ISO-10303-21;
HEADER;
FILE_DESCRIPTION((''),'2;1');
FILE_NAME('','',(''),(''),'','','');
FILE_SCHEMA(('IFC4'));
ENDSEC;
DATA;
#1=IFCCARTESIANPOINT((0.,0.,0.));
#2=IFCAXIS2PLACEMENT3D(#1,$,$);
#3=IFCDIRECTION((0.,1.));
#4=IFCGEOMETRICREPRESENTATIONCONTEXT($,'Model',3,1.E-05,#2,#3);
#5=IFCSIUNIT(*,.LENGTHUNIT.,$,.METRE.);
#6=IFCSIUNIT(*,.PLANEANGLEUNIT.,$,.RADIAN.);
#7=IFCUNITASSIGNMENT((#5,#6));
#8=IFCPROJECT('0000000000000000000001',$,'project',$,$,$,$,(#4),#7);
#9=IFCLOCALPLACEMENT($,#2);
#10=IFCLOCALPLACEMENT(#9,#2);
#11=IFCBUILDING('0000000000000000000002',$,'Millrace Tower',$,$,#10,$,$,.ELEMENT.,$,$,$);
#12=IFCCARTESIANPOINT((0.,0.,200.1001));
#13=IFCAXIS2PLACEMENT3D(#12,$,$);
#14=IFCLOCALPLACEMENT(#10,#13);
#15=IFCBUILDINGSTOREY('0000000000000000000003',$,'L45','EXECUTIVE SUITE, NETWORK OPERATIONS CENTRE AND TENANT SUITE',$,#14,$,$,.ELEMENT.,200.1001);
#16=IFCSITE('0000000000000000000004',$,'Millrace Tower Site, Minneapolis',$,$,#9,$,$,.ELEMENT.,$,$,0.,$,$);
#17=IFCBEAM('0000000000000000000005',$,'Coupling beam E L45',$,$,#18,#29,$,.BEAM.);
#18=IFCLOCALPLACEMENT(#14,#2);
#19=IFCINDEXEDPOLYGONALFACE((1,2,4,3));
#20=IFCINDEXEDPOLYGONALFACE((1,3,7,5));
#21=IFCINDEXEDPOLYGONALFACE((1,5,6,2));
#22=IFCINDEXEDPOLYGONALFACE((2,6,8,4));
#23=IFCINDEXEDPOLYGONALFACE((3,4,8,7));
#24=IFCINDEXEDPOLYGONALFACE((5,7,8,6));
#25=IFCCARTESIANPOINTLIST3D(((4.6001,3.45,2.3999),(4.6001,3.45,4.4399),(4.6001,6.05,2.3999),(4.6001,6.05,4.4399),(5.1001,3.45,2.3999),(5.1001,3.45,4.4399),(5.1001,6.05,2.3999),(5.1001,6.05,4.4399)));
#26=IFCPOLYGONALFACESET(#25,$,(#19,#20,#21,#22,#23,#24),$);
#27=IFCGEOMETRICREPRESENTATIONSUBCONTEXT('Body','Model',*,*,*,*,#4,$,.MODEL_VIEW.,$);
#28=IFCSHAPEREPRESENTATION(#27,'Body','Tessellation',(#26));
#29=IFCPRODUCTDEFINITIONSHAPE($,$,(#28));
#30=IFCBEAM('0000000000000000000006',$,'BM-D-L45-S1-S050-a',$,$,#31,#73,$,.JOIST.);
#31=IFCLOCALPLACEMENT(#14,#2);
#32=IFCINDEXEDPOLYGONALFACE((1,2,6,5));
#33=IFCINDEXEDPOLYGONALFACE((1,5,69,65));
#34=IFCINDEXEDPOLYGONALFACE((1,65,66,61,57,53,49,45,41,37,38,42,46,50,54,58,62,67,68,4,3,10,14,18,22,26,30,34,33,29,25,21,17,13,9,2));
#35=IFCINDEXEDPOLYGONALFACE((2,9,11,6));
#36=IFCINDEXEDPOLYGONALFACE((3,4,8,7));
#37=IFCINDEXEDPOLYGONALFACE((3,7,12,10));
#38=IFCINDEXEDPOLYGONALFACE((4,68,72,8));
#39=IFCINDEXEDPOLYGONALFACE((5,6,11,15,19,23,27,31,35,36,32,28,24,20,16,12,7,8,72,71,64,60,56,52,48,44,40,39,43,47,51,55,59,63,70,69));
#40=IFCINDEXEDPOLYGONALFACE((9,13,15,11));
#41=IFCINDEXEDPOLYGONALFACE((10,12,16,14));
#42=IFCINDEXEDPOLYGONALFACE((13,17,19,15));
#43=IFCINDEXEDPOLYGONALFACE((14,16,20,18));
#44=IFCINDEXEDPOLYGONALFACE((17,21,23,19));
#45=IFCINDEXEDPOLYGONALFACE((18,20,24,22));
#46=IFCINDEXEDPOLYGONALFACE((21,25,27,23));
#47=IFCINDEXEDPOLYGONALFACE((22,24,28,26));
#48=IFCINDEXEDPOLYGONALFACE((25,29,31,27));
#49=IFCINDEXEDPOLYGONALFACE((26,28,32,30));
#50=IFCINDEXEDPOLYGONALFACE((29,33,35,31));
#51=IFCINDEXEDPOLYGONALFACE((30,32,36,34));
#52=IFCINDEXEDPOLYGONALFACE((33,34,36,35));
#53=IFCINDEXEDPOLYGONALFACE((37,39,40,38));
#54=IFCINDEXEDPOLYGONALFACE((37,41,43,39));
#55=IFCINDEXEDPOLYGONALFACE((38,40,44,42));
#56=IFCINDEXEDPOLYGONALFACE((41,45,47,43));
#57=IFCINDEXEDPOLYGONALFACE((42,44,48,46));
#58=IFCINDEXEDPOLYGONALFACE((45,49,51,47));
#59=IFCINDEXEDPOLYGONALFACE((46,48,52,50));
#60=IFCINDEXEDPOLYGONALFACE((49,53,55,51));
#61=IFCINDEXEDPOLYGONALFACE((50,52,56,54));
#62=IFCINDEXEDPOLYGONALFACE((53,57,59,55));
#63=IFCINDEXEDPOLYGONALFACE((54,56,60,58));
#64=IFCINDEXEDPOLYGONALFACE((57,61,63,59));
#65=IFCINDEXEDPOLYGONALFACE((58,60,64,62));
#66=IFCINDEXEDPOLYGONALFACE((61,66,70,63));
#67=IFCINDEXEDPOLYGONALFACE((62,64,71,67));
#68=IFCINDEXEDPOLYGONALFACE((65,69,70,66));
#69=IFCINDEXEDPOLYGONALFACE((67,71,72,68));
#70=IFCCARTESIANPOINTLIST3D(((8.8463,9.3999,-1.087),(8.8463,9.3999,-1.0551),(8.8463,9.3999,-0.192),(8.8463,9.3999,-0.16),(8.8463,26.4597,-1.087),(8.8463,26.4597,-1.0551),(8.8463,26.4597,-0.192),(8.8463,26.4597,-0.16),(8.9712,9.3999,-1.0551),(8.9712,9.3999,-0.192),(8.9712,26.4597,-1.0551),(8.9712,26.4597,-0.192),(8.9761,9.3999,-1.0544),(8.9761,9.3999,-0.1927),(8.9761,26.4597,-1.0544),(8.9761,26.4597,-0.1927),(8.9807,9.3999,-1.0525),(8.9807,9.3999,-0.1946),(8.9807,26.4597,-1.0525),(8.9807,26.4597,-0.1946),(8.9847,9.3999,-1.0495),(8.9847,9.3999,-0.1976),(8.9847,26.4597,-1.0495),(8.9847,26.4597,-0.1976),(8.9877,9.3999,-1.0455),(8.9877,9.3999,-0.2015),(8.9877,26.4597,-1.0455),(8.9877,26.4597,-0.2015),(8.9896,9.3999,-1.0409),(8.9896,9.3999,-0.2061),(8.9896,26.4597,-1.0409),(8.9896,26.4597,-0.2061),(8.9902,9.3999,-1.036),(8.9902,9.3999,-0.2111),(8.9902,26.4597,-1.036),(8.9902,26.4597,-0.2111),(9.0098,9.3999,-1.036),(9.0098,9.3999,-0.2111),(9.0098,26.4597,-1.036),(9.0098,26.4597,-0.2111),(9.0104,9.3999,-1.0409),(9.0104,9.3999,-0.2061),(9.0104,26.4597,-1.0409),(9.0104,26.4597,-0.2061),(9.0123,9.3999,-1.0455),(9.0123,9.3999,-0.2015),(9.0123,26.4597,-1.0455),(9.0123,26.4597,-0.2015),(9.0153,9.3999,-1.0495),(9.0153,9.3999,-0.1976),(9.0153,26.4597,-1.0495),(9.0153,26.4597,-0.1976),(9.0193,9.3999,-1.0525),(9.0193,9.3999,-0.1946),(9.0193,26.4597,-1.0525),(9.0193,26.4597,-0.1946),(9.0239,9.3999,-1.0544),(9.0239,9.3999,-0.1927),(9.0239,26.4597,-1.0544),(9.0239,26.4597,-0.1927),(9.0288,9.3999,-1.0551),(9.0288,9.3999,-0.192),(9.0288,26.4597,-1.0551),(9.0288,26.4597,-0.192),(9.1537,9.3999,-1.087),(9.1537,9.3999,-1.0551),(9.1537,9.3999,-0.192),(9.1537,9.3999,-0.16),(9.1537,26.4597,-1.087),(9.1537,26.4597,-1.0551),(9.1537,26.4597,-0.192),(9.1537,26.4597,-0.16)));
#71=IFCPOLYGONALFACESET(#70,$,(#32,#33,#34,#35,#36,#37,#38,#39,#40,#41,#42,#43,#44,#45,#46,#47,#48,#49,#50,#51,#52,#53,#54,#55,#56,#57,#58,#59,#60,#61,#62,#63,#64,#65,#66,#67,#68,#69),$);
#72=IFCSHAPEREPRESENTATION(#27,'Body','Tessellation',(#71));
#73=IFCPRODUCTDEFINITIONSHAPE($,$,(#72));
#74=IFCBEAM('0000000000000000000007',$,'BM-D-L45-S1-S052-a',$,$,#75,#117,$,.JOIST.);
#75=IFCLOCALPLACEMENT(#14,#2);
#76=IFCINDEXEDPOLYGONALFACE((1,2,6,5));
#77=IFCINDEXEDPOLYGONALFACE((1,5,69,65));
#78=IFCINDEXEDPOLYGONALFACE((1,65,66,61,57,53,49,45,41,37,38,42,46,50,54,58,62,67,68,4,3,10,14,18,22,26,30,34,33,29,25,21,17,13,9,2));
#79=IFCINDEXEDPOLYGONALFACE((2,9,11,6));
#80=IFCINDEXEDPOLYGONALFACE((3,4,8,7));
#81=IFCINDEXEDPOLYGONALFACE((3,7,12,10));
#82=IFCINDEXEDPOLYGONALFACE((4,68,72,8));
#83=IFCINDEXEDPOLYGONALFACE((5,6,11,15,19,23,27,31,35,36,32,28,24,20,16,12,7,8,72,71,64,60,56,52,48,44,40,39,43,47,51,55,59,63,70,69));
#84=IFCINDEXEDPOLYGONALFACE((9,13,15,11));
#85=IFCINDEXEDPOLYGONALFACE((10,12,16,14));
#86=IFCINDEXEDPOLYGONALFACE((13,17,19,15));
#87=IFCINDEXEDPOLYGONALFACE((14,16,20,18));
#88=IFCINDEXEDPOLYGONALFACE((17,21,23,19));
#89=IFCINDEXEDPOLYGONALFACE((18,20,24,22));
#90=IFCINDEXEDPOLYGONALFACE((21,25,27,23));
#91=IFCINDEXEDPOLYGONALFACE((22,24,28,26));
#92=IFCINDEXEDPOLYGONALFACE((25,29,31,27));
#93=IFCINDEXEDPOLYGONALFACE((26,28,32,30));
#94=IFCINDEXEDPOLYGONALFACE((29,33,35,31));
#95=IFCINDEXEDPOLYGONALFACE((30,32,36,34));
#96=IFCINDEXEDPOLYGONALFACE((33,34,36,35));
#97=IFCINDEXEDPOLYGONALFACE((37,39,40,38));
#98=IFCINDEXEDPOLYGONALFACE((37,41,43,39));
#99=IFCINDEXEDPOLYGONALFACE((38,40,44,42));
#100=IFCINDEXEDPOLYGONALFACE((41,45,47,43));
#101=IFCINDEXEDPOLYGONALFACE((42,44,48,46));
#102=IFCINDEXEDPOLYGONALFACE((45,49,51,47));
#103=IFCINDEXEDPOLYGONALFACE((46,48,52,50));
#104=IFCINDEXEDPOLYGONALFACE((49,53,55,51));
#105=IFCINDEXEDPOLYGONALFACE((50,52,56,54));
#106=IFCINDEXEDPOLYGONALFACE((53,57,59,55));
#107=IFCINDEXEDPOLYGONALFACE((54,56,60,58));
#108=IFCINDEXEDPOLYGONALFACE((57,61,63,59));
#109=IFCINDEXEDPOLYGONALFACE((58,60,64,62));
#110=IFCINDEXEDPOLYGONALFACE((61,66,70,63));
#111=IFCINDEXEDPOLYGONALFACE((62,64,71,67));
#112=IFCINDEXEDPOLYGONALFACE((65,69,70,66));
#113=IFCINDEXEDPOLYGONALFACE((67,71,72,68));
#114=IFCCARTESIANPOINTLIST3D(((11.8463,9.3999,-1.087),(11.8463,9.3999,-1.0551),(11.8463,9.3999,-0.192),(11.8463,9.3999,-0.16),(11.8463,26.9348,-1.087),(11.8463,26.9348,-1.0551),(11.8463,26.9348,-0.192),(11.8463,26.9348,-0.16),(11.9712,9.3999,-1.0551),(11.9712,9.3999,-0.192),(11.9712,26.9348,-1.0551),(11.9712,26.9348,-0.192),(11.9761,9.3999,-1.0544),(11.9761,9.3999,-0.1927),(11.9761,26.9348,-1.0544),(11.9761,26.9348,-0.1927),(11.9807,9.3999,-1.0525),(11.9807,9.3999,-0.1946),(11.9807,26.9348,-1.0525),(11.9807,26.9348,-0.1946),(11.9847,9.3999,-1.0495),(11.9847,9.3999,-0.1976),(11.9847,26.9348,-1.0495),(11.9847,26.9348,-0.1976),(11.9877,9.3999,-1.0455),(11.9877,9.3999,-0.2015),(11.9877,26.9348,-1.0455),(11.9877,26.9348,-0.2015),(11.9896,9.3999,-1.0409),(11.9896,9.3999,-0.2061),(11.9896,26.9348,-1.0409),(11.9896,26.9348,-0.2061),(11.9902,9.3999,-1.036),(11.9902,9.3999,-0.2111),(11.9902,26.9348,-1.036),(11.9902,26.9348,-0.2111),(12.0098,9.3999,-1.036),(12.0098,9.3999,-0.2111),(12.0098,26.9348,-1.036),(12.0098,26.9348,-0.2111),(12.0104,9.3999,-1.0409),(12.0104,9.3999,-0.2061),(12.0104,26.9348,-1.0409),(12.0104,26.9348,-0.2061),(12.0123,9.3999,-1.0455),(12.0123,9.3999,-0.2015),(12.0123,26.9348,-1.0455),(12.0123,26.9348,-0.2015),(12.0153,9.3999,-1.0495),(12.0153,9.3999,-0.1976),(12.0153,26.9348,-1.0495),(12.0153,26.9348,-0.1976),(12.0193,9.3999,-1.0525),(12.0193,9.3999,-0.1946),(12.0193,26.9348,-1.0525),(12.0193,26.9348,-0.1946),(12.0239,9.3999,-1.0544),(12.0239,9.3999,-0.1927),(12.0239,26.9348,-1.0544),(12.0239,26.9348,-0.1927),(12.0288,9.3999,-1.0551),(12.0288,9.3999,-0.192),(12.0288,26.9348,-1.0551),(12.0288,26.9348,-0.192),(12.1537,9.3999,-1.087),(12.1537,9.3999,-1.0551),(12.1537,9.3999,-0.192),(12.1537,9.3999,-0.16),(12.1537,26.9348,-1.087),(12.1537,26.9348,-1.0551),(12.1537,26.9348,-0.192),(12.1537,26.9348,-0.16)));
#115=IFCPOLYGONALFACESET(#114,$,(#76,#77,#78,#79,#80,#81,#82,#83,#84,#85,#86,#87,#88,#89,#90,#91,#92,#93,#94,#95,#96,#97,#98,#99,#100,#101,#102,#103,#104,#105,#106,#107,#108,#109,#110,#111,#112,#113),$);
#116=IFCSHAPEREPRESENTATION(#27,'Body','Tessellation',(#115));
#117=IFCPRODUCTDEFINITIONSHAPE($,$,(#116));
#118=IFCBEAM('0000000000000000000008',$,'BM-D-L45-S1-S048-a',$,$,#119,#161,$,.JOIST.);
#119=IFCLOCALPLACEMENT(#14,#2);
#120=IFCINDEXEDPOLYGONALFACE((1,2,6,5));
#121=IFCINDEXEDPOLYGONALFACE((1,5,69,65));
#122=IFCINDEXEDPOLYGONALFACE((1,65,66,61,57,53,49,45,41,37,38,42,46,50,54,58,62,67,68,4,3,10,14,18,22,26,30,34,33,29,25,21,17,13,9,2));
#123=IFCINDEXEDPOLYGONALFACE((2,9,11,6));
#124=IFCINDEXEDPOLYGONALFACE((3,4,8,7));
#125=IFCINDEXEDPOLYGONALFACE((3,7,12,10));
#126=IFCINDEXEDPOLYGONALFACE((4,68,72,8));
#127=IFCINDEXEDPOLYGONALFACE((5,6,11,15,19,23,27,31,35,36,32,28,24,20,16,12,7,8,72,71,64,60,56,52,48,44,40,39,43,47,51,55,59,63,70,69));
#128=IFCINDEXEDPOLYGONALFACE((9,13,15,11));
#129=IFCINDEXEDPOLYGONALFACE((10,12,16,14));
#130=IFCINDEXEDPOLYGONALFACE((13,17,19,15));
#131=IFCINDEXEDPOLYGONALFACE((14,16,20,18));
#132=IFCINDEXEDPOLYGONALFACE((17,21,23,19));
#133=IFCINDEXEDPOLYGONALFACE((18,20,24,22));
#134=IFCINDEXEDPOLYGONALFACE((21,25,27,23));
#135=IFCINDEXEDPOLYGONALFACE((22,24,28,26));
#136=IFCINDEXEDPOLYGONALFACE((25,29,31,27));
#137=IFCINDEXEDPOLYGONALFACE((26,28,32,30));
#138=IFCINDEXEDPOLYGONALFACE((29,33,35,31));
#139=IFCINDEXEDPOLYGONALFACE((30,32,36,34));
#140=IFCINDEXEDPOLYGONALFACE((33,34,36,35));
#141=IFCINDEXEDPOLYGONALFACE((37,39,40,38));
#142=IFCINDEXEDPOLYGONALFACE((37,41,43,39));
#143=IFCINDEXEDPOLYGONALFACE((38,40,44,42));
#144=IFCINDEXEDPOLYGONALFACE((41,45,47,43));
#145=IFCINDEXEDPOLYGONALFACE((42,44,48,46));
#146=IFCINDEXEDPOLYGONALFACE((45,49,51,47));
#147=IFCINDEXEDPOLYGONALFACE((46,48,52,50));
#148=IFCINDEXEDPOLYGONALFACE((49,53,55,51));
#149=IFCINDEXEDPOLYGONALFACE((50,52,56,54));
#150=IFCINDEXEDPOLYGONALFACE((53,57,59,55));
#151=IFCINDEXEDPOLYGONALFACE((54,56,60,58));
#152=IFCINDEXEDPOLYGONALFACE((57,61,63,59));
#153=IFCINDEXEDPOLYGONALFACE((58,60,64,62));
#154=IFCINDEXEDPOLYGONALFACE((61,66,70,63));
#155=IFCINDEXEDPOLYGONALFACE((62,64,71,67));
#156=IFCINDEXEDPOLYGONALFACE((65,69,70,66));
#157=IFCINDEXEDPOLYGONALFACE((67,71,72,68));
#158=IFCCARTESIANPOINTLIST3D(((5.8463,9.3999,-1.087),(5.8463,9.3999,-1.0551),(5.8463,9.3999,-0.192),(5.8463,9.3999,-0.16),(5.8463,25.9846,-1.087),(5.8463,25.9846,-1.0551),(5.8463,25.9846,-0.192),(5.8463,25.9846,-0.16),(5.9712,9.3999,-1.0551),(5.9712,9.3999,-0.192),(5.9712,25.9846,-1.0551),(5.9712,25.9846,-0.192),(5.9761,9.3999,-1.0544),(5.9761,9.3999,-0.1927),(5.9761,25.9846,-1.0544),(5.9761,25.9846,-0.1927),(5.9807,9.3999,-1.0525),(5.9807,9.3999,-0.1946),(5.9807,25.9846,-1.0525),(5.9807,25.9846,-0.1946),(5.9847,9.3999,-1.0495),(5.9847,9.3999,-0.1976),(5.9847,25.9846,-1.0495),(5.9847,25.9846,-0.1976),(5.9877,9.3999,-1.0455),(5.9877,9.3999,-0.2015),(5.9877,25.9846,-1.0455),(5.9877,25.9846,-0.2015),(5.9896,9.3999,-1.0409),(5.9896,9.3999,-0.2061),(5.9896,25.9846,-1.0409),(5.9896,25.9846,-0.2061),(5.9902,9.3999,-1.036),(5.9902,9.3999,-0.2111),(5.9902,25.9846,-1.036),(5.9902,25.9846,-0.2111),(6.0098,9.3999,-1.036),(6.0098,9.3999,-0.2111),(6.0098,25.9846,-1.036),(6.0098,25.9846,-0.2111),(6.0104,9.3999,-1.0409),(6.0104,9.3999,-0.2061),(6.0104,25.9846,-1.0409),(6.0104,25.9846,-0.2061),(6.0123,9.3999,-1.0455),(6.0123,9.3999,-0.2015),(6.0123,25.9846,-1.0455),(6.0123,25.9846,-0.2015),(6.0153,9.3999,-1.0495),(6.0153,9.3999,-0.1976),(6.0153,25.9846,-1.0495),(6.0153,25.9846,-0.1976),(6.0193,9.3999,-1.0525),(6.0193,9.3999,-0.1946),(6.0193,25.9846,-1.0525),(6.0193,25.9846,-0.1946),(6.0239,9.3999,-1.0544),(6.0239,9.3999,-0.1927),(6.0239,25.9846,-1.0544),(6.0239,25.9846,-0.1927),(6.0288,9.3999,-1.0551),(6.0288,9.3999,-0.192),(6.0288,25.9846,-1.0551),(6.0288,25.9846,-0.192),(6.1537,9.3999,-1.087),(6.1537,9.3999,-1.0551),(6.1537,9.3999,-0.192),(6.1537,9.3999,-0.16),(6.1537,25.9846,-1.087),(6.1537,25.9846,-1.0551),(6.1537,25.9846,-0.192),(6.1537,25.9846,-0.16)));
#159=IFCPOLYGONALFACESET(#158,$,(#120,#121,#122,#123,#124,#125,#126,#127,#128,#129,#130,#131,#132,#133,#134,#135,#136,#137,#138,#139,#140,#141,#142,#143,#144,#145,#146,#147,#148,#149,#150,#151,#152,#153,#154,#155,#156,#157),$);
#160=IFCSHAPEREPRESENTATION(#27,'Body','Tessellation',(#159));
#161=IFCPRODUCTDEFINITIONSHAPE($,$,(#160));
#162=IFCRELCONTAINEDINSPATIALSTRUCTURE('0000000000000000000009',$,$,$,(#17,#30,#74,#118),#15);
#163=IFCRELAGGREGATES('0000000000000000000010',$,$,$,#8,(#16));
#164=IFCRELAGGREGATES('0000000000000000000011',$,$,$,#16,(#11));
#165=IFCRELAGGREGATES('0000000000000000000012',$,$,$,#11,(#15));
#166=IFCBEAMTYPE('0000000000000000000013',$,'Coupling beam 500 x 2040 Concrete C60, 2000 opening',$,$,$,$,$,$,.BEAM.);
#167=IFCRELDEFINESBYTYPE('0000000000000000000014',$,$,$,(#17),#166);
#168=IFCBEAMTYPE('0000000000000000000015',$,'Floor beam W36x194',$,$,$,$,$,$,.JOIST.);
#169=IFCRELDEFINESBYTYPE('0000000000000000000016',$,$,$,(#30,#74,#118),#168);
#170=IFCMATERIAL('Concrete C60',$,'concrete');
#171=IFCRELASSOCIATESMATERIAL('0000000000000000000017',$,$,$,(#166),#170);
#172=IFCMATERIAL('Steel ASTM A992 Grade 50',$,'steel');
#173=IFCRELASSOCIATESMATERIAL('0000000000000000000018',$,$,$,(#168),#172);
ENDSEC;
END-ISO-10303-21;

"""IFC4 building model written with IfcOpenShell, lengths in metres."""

from ifc_helpers import new_model, si_unit, direction, frame, origin, origin_2d, place, context, subcontext, project, spatial, rectangle, i_section, extrude, material, material_profile, profile_set, type_object, element, save


model = new_model("IFC4")

# Units and contexts
model_context = context("Model", 3, precision=1e-05, world=origin(), true_north=direction((0.0, 1.0)))
body_context = subcontext(model_context, "Body", "Model", "MODEL_VIEW")
ifc_project = project(units=[si_unit("LENGTHUNIT", "METRE"), si_unit("PLANEANGLEUNIT", "RADIAN")], contexts=[model_context])

# Site, building, storey
site_placement = place(None, origin())
site = spatial("IfcSite", under=ifc_project, at=site_placement, Name="Millrace Tower Site, Minneapolis", CompositionType="ELEMENT", RefElevation=0.0)
building_placement = place(site_placement, origin())
building = spatial("IfcBuilding", under=site, at=building_placement, Name="Millrace Tower", CompositionType="ELEMENT")
storey_placement = place(building_placement, frame((0.0, 0.0, 200.1001)))
storey = spatial("IfcBuildingStorey", under=building, at=storey_placement, Name="L45", Description="EXECUTIVE SUITE, NETWORK OPERATIONS CENTRE AND TENANT SUITE", CompositionType="ELEMENT", Elevation=200.1001)

# Beams
ifc_material_1 = material(Name="Concrete C60", Category="concrete")
ifc_material_profile_1 = material_profile(ifc_material_1, rectangle(XDim=0.5, YDim=2.04, at=origin_2d()))
ifc_profile_set_1 = profile_set([ifc_material_profile_1], Name="Concrete C60")
beam_type_1 = type_object("IfcBeamType", Name="Coupling beam 500 x 2040 Concrete C60, 2000 opening", PredefinedType="BEAM", material=ifc_profile_set_1)
beam_1_placement = place(storey_placement, frame((4.8501, 6.05, 3.4199), z_axis=(0.0, -1.0, 0.0), x_axis=(1.0, 0.0, 0.0)))
element("IfcBeam", 1, at=beam_1_placement, inside=storey, type_object=beam_type_1, Name="Coupling beam E L45", PredefinedType="BEAM", context=body_context, shape_type="SweptSolid", body=[
    extrude(rectangle(XDim=0.5, YDim=2.04, at=origin_2d()), origin(), (0.0, 0.0, 1.0), 2.6001),
])
ifc_material_2 = material(Name="Steel ASTM A992 Grade 50", Category="steel")
ifc_material_profile_2 = material_profile(ifc_material_2, i_section(OverallWidth=0.3074, OverallDepth=0.927, WebThickness=0.0195, FlangeThickness=0.032, FilletRadius=0.019, at=origin_2d()))
ifc_profile_set_2 = profile_set([ifc_material_profile_2], Name="Steel ASTM A992 Grade 50")
beam_type_2 = type_object("IfcBeamType", Name="Floor beam W36x194", PredefinedType="JOIST", material=ifc_profile_set_2)
beam_2_placement = place(storey_placement, frame((9.0, 9.3999, -0.6235), z_axis=(0.0, 1.0, 0.0), x_axis=(-1.0, 0.0, 0.0)))
element("IfcBeam", 2, at=beam_2_placement, inside=storey, type_object=beam_type_2, Name="BM-D-L45-S1-S050-a", PredefinedType="JOIST", context=body_context, shape_type="SweptSolid", body=[
    extrude(i_section(OverallWidth=0.3074, OverallDepth=0.927, WebThickness=0.0195, FlangeThickness=0.032, FilletRadius=0.019, at=origin_2d()), origin(), (0.0, 0.0, 1.0), 17.0598),
])
beam_3_placement = place(storey_placement, frame((12.0, 9.3999, -0.6235), z_axis=(0.0, 1.0, 0.0), x_axis=(-1.0, 0.0, 0.0)))
element("IfcBeam", 3, at=beam_3_placement, inside=storey, type_object=beam_type_2, Name="BM-D-L45-S1-S052-a", PredefinedType="JOIST", context=body_context, shape_type="SweptSolid", body=[
    extrude(i_section(OverallWidth=0.3074, OverallDepth=0.927, WebThickness=0.0195, FlangeThickness=0.032, FilletRadius=0.019, at=origin_2d()), origin(), (0.0, 0.0, 1.0), 17.5349),
])
beam_4_placement = place(storey_placement, frame((6.0, 9.3999, -0.6235), z_axis=(0.0, 1.0, 0.0), x_axis=(-1.0, 0.0, 0.0)))
element("IfcBeam", 4, at=beam_4_placement, inside=storey, type_object=beam_type_2, Name="BM-D-L45-S1-S048-a", PredefinedType="JOIST", context=body_context, shape_type="SweptSolid", body=[
    extrude(i_section(OverallWidth=0.3074, OverallDepth=0.927, WebThickness=0.0195, FlangeThickness=0.032, FilletRadius=0.019, at=origin_2d()), origin(), (0.0, 0.0, 1.0), 16.5847),
])

save(model, "model.ifc")
